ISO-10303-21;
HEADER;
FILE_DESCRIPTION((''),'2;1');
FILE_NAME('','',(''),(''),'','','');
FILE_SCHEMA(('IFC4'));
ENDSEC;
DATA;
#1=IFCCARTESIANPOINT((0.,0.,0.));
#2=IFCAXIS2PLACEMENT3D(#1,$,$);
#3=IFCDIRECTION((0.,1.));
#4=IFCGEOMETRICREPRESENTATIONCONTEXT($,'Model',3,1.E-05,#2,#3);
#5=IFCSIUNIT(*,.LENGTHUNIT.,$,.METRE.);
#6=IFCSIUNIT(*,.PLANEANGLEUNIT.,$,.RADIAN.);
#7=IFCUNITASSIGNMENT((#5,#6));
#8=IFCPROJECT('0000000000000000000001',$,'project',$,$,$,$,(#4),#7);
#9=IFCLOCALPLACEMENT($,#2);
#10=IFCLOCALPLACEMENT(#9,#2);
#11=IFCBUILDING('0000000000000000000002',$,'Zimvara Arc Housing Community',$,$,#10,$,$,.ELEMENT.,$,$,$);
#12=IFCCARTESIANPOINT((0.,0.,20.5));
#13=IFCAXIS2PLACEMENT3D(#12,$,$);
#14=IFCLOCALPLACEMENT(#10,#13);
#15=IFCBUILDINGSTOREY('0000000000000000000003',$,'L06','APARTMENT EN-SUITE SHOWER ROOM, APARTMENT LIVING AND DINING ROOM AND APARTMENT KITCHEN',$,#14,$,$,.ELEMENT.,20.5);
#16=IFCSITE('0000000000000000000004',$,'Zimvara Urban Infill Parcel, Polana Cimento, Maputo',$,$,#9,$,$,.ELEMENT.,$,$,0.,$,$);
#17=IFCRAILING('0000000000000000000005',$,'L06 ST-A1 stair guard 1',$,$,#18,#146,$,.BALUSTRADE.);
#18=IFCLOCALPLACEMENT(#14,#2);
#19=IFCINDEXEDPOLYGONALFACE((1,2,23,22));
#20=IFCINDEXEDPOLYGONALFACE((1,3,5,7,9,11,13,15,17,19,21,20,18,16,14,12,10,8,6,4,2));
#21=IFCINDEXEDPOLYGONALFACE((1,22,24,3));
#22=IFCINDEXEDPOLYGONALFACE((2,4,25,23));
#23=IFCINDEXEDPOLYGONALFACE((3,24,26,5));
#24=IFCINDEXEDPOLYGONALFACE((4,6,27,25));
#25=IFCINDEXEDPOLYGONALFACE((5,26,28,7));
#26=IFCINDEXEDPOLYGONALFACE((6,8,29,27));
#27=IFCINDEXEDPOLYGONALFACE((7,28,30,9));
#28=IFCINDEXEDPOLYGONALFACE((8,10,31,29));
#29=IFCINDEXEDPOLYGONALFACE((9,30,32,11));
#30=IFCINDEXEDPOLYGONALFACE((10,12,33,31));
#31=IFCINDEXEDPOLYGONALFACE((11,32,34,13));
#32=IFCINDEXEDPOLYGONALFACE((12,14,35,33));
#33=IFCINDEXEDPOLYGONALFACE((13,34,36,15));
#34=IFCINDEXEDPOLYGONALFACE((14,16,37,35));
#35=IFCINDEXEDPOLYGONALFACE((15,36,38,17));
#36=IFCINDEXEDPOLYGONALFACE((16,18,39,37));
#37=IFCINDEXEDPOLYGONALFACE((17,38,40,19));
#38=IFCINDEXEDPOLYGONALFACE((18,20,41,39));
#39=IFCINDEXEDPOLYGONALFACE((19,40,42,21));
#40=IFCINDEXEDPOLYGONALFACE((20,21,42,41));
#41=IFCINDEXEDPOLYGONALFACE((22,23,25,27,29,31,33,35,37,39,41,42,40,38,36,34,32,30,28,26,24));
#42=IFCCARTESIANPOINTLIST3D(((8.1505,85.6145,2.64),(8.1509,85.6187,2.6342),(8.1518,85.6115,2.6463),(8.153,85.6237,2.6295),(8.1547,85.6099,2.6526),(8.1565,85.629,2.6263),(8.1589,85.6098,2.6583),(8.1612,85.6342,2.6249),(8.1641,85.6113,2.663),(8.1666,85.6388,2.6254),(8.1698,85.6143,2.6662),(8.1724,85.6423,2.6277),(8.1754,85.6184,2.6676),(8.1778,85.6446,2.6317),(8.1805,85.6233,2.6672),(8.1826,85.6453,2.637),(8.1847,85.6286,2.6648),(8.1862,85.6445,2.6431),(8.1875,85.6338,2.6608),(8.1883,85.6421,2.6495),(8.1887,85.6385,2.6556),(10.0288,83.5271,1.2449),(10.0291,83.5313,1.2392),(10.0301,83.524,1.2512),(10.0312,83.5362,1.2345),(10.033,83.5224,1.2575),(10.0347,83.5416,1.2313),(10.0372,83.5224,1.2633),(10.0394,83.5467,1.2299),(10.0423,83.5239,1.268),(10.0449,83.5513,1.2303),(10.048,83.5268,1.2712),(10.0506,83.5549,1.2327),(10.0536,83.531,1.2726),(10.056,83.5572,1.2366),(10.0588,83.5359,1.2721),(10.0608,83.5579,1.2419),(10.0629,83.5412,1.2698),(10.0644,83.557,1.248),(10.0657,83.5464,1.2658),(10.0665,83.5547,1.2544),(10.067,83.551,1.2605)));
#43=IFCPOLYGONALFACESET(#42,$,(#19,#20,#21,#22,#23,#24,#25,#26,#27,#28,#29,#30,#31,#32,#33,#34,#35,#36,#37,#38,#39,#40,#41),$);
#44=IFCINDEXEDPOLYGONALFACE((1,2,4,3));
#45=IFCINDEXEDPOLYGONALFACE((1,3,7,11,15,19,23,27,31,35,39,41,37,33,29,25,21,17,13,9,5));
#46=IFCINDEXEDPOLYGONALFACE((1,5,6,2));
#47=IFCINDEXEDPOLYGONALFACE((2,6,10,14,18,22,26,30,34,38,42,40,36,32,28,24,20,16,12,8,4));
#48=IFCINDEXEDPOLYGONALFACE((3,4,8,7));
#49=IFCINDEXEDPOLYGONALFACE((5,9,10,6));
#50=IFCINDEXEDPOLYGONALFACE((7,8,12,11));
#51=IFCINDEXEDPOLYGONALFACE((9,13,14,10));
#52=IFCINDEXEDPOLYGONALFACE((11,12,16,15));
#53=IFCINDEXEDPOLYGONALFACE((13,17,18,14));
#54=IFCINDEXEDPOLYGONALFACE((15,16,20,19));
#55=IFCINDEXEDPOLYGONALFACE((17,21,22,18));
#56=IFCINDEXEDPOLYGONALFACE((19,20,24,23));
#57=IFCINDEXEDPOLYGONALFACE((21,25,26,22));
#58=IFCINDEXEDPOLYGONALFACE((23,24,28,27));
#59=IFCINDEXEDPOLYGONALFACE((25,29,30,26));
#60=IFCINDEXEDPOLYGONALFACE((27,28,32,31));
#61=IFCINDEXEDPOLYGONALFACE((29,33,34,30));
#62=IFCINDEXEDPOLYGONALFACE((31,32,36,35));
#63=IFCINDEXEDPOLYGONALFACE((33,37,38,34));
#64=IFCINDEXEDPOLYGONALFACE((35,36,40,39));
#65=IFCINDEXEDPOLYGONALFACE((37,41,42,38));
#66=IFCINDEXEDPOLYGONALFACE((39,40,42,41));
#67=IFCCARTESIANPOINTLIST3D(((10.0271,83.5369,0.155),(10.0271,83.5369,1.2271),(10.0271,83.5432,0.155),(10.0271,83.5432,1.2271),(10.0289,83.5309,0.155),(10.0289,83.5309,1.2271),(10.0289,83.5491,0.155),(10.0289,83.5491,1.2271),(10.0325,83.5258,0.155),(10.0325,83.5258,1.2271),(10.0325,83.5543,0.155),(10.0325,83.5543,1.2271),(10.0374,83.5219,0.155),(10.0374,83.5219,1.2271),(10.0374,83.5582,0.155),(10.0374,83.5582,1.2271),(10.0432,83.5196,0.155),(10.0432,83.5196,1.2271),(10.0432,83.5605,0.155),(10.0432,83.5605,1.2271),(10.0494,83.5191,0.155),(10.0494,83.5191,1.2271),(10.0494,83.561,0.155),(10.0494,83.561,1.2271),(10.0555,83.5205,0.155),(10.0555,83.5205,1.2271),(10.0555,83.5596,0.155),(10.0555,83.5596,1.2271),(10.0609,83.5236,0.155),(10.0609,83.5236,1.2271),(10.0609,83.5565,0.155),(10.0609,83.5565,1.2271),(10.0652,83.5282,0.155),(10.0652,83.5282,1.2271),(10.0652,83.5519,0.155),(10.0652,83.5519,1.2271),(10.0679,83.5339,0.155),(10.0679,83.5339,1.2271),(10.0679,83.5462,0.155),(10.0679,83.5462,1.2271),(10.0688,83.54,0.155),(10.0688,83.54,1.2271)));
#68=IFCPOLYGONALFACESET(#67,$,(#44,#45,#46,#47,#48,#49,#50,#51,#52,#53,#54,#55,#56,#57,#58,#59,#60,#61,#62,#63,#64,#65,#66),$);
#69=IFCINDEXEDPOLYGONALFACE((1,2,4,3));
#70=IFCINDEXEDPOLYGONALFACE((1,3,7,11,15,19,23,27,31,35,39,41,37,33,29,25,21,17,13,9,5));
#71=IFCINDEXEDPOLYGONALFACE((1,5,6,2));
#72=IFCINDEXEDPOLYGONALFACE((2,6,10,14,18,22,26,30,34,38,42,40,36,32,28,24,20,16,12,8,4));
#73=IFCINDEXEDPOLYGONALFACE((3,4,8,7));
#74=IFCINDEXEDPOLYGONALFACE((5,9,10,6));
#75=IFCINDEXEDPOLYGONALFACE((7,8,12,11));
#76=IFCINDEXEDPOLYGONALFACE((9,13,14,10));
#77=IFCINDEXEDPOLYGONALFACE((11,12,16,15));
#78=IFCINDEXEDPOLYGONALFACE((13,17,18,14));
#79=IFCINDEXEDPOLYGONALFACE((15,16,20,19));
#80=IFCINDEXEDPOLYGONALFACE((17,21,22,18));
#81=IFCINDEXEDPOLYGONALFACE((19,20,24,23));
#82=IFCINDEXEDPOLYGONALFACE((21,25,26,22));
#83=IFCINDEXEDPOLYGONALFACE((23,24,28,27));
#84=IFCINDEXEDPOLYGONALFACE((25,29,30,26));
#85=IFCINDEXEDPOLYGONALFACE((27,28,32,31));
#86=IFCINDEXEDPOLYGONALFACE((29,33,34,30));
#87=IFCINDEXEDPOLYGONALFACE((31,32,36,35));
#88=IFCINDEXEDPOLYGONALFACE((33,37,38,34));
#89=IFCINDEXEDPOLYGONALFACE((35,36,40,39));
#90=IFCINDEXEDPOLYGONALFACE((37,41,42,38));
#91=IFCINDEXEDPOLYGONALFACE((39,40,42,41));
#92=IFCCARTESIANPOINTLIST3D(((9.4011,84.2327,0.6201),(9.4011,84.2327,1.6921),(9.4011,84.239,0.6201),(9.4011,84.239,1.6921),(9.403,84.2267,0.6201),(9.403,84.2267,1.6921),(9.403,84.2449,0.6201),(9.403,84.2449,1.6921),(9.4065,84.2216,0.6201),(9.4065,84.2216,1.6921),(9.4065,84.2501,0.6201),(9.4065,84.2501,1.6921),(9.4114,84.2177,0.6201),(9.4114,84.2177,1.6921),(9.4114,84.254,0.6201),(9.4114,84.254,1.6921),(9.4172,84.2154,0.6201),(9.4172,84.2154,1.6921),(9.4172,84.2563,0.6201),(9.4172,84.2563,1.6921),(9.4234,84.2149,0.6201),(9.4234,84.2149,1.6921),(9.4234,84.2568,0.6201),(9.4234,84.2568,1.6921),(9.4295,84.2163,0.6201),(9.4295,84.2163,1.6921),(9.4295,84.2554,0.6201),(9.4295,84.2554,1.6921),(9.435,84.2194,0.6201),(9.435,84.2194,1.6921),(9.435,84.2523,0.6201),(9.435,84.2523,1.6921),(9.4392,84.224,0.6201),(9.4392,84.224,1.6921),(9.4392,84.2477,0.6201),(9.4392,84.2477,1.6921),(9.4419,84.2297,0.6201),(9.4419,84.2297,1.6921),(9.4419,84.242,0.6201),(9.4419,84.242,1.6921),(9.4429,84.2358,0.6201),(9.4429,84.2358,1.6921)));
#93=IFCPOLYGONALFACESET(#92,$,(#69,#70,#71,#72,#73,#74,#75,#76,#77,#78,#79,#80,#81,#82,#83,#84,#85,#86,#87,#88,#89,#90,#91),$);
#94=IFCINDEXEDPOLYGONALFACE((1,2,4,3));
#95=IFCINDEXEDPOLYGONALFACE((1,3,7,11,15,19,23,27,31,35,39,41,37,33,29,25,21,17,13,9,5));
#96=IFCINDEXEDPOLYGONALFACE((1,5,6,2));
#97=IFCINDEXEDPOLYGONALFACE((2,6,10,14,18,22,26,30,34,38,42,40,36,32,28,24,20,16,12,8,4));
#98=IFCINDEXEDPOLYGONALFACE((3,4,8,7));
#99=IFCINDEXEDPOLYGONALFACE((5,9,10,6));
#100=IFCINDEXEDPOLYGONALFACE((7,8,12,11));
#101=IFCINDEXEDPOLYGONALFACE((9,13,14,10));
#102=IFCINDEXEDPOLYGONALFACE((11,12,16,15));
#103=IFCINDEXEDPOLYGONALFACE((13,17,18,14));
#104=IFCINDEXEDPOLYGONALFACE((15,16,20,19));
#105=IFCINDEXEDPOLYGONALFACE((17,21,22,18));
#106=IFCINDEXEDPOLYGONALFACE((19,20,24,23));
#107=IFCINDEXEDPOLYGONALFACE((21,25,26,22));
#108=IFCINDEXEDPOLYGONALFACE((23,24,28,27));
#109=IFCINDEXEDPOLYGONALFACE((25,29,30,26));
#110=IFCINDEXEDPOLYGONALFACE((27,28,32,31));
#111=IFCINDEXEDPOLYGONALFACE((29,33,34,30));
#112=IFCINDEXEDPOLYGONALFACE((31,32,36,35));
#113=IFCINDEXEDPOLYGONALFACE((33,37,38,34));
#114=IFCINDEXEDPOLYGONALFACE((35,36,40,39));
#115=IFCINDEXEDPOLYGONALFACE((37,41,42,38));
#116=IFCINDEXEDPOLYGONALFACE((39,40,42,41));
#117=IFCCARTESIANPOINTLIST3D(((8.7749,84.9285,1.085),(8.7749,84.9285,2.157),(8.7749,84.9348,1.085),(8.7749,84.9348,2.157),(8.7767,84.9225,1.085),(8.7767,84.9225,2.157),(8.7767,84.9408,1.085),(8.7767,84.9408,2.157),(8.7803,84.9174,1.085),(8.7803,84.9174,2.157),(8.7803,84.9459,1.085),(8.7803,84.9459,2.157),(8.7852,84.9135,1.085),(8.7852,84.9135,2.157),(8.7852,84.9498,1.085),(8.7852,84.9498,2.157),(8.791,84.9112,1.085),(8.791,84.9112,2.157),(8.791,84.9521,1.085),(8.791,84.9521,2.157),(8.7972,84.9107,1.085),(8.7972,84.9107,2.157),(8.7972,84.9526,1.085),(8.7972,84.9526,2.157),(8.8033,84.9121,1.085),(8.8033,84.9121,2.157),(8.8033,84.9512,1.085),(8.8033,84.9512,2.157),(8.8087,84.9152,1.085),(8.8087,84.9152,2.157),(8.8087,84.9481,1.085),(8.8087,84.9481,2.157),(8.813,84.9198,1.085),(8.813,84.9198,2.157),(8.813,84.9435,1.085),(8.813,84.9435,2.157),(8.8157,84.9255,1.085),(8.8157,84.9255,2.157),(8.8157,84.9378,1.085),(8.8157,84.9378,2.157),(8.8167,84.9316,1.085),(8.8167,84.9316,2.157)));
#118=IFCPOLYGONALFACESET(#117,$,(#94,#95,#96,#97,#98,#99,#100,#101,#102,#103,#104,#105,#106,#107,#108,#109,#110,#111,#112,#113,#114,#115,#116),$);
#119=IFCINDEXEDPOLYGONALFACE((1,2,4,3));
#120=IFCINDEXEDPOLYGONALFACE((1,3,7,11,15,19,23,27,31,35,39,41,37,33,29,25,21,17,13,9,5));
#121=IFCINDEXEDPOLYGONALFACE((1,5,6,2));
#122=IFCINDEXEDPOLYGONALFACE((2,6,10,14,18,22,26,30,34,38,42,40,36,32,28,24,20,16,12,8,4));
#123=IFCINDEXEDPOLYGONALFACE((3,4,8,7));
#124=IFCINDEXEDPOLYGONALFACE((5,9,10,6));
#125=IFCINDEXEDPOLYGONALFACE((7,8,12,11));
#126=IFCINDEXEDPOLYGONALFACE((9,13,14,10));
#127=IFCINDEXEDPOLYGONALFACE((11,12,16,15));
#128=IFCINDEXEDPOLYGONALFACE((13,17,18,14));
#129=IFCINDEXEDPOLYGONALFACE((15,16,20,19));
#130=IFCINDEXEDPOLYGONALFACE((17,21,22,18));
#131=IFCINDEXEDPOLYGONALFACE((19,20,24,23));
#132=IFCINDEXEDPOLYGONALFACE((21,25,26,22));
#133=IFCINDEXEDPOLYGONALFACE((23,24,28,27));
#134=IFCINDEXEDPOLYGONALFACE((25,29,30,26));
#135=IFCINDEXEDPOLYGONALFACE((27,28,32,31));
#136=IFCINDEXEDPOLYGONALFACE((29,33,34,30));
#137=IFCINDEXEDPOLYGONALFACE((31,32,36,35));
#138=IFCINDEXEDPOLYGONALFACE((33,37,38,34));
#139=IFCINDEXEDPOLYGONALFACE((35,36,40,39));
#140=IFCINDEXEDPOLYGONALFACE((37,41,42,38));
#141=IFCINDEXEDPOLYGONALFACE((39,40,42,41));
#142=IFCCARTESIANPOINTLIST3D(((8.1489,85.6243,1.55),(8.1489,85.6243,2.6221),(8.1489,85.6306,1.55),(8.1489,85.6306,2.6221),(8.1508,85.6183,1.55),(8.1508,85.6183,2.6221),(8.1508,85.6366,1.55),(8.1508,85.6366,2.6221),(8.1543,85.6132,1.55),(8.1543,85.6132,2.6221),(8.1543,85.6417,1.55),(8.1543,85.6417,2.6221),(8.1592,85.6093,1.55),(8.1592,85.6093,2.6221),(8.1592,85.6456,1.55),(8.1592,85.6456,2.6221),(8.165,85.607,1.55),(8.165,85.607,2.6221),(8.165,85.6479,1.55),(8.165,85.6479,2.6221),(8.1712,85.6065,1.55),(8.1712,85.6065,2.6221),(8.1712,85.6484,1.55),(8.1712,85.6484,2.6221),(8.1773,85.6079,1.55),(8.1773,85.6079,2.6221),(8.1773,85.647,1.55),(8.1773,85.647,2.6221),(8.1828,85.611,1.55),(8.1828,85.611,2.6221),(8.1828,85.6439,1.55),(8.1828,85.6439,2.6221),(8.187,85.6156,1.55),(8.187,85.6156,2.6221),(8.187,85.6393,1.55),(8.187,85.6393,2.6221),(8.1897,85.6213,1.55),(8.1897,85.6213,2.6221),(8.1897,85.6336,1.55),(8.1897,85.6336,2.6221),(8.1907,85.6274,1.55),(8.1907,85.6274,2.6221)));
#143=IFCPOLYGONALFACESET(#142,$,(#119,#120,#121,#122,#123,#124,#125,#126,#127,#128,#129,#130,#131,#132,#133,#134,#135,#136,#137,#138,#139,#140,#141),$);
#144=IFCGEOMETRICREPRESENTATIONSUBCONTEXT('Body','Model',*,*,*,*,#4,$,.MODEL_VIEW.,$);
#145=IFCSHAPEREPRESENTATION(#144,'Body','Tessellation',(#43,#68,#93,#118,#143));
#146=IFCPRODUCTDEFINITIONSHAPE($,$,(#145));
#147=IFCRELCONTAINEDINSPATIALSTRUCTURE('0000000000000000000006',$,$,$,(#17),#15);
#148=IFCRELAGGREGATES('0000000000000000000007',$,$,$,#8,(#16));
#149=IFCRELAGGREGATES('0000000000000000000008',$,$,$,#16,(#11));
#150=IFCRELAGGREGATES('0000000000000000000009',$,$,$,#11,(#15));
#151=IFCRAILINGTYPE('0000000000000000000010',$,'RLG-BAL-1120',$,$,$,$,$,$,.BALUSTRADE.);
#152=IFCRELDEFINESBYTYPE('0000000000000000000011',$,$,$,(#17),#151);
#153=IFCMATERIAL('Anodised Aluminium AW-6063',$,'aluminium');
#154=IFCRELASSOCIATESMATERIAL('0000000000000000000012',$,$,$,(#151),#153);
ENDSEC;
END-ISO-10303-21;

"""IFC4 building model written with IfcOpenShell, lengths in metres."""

from ifc_helpers import new_model, si_unit, direction, frame, origin, origin_2d, place, context, subcontext, project, spatial, circle, extrude, material, type_object, element, save


model = new_model("IFC4")

# Units and contexts
model_context = context("Model", 3, precision=1e-05, world=origin(), true_north=direction((0.0, 1.0)))
body_context = subcontext(model_context, "Body", "Model", "MODEL_VIEW")
ifc_project = project(units=[si_unit("LENGTHUNIT", "METRE"), si_unit("PLANEANGLEUNIT", "RADIAN")], contexts=[model_context])

# Site, building, storey
site_placement = place(None, origin())
site = spatial("IfcSite", under=ifc_project, at=site_placement, Name="Zimvara Urban Infill Parcel, Polana Cimento, Maputo", CompositionType="ELEMENT", RefElevation=0.0)
building_placement = place(site_placement, origin())
building = spatial("IfcBuilding", under=site, at=building_placement, Name="Zimvara Arc Housing Community", CompositionType="ELEMENT")
storey_placement = place(building_placement, frame((0.0, 0.0, 20.5)))
storey = spatial("IfcBuildingStorey", under=building, at=storey_placement, Name="L06", Description="APARTMENT EN-SUITE SHOWER ROOM, APARTMENT LIVING AND DINING ROOM AND APARTMENT KITCHEN", CompositionType="ELEMENT", Elevation=20.5)

# Railing
ifc_material_1 = material(Name="Anodised Aluminium AW-6063", Category="aluminium")
railing_type_1 = type_object("IfcRailingType", Name="RLG-BAL-1120", PredefinedType="BALUSTRADE", material=ifc_material_1)
railing_1_placement = place(storey_placement, frame((10.0479, 83.54, 0.155)))
element("IfcRailing", 1, at=railing_1_placement, inside=storey, type_object=railing_type_1, Name="L06 ST-A1 stair guard 1", PredefinedType="BALUSTRADE", context=body_context, shape_type="SweptSolid", body=[
    extrude(circle(Radius=0.0239, at=origin_2d()), frame((0.0, 0.0, 1.0962), z_axis=(-0.599018, 0.665749, 0.444923), x_axis=(-0.743381, -0.668869, 0.0)), (0.0, 0.0, 1.0), 3.1355),
    extrude(circle(Radius=0.021, at=origin_2d()), origin(), (0.0, 0.0, 1.0), 1.072),
    extrude(circle(Radius=0.021, at=origin_2d()), frame((-0.626, 0.6958, 0.4651)), (0.0, 0.0, 1.0), 1.072),
    extrude(circle(Radius=0.021, at=origin_2d()), frame((-1.2522, 1.3916, 0.9299)), (0.0, 0.0, 1.0), 1.072),
    extrude(circle(Radius=0.021, at=origin_2d()), frame((-1.8782, 2.0874, 1.395)), (0.0, 0.0, 1.0), 1.072),
])

save(model, "model.ifc")
